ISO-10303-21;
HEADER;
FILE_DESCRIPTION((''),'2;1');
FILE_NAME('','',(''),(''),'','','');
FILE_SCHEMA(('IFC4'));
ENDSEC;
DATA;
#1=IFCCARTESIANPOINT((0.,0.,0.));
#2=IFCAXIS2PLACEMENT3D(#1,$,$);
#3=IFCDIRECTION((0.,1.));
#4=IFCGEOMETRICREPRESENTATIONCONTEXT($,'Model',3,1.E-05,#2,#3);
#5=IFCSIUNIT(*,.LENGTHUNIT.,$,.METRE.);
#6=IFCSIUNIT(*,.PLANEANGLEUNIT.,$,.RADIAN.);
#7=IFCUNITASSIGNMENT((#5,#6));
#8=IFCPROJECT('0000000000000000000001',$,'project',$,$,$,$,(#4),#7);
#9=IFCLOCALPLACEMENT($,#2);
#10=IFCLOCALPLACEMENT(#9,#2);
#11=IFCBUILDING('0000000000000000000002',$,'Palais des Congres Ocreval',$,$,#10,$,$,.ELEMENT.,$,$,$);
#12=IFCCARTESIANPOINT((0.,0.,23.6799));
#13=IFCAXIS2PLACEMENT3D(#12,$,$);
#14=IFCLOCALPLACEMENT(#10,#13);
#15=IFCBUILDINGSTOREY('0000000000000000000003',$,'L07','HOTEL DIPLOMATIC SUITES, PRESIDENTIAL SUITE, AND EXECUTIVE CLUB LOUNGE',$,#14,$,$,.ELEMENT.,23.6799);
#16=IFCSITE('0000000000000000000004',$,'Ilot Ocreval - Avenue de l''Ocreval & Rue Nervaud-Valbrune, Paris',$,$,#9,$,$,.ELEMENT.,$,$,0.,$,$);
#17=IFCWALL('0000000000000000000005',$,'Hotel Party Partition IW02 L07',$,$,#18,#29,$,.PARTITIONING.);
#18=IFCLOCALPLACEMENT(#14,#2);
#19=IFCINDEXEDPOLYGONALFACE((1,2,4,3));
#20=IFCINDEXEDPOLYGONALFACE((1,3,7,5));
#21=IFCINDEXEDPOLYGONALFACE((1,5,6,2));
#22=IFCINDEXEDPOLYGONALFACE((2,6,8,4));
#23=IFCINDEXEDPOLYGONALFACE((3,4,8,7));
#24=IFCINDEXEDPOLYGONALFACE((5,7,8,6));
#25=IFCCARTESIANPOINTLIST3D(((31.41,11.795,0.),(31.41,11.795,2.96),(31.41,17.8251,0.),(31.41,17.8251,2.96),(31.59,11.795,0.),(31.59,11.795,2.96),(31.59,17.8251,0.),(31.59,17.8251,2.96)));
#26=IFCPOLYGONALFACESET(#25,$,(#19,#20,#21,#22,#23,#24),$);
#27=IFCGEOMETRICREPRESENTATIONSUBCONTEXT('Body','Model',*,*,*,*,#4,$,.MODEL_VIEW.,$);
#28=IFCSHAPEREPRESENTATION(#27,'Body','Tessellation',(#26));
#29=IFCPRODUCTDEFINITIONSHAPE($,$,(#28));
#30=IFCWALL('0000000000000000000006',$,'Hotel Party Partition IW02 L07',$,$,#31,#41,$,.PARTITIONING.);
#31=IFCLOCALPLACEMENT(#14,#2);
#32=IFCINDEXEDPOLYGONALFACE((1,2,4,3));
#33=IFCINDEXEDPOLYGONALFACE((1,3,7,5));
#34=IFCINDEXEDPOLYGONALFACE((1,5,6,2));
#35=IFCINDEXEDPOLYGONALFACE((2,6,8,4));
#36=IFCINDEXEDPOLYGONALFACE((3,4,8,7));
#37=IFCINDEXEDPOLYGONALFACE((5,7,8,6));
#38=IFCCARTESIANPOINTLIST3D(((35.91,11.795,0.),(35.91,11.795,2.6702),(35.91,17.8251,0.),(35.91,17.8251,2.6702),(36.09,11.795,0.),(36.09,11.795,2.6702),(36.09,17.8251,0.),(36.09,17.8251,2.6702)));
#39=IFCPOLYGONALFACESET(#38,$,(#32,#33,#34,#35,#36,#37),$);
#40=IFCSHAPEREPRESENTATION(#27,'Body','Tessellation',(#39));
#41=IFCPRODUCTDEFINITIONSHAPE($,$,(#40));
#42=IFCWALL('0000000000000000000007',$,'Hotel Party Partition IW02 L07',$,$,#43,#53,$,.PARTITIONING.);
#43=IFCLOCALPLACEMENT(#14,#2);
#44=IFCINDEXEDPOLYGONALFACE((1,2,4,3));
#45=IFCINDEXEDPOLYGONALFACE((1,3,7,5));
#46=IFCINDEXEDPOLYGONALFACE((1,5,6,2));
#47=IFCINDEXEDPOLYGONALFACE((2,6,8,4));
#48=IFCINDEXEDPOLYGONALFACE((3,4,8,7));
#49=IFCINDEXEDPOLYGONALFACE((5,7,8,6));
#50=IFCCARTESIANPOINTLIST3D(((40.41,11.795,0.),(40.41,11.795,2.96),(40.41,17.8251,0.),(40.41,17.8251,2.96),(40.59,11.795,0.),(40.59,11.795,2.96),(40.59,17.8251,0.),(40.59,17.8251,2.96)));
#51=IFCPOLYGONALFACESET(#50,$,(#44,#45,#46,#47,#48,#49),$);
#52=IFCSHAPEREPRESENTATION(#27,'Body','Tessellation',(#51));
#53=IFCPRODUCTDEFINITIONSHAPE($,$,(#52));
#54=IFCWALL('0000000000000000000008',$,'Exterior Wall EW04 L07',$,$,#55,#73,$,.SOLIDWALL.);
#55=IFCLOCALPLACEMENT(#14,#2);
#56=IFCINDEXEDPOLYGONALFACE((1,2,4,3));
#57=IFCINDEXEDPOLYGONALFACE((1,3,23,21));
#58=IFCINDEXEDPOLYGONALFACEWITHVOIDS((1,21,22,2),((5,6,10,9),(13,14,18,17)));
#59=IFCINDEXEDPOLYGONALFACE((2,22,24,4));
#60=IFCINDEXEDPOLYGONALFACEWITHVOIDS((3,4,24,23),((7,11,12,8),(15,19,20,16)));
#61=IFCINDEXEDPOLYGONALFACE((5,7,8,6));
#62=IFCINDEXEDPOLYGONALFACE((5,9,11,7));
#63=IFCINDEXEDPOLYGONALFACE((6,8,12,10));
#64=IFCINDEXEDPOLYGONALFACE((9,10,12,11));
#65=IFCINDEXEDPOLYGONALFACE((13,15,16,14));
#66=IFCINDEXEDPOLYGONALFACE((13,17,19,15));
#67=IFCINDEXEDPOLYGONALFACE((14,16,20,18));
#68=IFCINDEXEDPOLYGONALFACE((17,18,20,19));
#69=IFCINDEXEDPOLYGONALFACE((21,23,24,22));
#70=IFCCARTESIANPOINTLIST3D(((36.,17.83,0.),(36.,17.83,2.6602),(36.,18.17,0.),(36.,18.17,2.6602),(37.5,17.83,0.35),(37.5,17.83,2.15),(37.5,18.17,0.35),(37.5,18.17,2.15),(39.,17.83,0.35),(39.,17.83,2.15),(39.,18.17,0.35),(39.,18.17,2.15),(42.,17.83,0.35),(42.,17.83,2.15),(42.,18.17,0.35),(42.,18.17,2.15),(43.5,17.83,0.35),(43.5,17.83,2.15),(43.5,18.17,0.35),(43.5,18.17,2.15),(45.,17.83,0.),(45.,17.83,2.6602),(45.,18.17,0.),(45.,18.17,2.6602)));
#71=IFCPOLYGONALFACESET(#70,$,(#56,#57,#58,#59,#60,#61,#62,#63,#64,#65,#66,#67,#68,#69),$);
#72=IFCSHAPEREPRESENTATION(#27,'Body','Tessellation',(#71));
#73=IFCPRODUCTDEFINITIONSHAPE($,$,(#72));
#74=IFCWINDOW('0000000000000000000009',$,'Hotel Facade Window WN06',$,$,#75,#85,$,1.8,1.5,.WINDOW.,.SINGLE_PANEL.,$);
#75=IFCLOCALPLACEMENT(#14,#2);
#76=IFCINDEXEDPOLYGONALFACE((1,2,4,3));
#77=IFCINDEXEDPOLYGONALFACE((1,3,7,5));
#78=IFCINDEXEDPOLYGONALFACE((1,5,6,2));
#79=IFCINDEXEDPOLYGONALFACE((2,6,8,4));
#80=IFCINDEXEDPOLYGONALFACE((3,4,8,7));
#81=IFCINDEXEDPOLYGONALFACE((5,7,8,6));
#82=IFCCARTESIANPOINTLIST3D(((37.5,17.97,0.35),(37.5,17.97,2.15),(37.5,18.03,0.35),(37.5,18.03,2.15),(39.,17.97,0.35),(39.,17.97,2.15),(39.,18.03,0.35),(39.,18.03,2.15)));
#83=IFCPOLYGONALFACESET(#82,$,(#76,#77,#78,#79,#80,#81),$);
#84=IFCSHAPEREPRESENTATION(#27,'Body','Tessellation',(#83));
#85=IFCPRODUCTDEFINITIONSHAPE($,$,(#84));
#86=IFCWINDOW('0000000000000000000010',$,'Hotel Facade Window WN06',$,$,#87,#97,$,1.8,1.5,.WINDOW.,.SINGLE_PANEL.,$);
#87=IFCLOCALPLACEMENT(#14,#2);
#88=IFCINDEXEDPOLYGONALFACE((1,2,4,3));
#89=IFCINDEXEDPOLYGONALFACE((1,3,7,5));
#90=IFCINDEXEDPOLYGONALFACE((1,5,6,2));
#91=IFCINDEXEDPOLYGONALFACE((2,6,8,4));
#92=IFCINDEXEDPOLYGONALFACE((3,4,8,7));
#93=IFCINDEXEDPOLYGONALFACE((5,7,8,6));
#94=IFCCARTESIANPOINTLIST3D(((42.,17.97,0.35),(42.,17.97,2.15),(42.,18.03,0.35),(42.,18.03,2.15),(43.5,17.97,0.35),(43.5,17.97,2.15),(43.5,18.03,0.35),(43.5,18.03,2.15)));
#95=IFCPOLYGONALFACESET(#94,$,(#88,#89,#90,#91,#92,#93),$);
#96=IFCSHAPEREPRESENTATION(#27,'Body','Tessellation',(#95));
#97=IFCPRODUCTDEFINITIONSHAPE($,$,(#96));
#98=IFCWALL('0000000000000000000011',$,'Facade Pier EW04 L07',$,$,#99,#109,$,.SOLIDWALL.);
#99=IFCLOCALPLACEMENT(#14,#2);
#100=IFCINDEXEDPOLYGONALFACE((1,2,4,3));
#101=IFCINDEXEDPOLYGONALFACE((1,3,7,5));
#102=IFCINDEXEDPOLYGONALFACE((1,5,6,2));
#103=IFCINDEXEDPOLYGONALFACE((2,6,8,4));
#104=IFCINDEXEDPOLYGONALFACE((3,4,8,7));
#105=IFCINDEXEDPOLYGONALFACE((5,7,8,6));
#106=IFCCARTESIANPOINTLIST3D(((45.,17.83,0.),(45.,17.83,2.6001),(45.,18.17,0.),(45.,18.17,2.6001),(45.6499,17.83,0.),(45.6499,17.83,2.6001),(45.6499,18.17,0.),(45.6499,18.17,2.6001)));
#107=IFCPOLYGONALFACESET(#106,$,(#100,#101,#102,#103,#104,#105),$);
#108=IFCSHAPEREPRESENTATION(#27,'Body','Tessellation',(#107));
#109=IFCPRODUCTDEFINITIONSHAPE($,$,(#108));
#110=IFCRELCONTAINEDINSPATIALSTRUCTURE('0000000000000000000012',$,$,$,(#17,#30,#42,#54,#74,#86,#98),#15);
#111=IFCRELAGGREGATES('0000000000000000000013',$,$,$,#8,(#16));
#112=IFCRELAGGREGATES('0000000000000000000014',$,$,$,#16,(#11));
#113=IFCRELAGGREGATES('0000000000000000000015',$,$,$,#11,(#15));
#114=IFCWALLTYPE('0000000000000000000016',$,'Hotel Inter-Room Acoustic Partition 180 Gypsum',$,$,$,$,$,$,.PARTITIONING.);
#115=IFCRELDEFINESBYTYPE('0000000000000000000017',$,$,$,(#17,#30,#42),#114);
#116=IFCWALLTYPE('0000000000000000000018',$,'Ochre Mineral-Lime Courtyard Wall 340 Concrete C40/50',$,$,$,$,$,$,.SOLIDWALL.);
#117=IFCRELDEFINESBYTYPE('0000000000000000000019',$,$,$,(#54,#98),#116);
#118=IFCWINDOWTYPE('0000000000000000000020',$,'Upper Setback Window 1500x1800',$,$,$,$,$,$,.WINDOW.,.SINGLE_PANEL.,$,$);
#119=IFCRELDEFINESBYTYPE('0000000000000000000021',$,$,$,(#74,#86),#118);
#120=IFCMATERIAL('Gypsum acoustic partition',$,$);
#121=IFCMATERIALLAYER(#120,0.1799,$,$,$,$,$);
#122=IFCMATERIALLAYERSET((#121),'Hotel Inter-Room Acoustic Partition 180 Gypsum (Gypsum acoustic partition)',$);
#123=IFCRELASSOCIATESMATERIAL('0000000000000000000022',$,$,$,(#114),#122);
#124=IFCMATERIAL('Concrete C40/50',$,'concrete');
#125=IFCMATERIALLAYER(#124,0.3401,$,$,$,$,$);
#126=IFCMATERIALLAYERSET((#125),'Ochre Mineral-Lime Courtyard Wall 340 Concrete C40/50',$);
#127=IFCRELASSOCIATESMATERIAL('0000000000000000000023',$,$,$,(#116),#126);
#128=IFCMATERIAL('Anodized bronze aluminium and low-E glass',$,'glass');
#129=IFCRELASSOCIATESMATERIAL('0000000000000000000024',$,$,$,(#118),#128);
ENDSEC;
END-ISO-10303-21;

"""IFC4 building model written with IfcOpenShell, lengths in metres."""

from ifc_helpers import new_model, si_unit, direction, frame, frame_2d, origin, place, context, subcontext, project, spatial, rectangle, extrude, material, layer, layer_set, type_object, element, fill, save


model = new_model("IFC4")

# Units and contexts
model_context = context("Model", 3, precision=1e-05, world=origin(), true_north=direction((0.0, 1.0)))
body_context = subcontext(model_context, "Body", "Model", "MODEL_VIEW")
ifc_project = project(units=[si_unit("LENGTHUNIT", "METRE"), si_unit("PLANEANGLEUNIT", "RADIAN")], contexts=[model_context])

# Site, building, storey
site_placement = place(None, origin())
site = spatial("IfcSite", under=ifc_project, at=site_placement, Name="Ilot Ocreval - Avenue de l'Ocreval & Rue Nervaud-Valbrune, Paris", CompositionType="ELEMENT", RefElevation=0.0)
building_placement = place(site_placement, origin())
building = spatial("IfcBuilding", under=site, at=building_placement, Name="Palais des Congres Ocreval", CompositionType="ELEMENT")
storey_placement = place(building_placement, frame((0.0, 0.0, 23.6799)))
storey = spatial("IfcBuildingStorey", under=building, at=storey_placement, Name="L07", Description="HOTEL DIPLOMATIC SUITES, PRESIDENTIAL SUITE, AND EXECUTIVE CLUB LOUNGE", CompositionType="ELEMENT", Elevation=23.6799)

# Shared definitions
ifc_material_1 = material(Name="Concrete C40/50", Category="concrete")

# Shared definitions
ifc_material_2 = material(Name="Anodized bronze aluminium and low-E glass", Category="glass")

# Walls
ifc_material_3 = material(Name="Gypsum acoustic partition")
ifc_layer_1 = layer(ifc_material_3, 0.1799)
ifc_layer_set_1 = layer_set([ifc_layer_1], Name="Hotel Inter-Room Acoustic Partition 180 Gypsum (Gypsum acoustic partition)")
wall_type_1 = type_object("IfcWallType", Name="Hotel Inter-Room Acoustic Partition 180 Gypsum", PredefinedType="PARTITIONING", material=ifc_layer_set_1)
wall_1_placement = place(storey_placement, frame((31.5, 11.7949, 0.0), z_axis=(0.0, 0.0, 1.0), x_axis=(0.0, 1.0, 0.0)))
element("IfcWall", 1, at=wall_1_placement, inside=storey, type_object=wall_type_1, Name="Hotel Party Partition IW02 L07", PredefinedType="PARTITIONING", context=body_context, shape_type="SweptSolid", body=[
    extrude(rectangle(XDim=6.03, YDim=0.1799, at=frame_2d((3.0151, 0.0))), origin(), (0.0, 0.0, 1.0), 2.96),
])
wall_2_placement = place(storey_placement, frame((36.0, 11.7949, 0.0), z_axis=(0.0, 0.0, 1.0), x_axis=(0.0, 1.0, 0.0)))
element("IfcWall", 2, at=wall_2_placement, inside=storey, type_object=wall_type_1, Name="Hotel Party Partition IW02 L07", PredefinedType="PARTITIONING", context=body_context, shape_type="SweptSolid", body=[
    extrude(rectangle(XDim=6.03, YDim=0.1799, at=frame_2d((3.0151, 0.0))), origin(), (0.0, 0.0, 1.0), 2.6702),
])
wall_3_placement = place(storey_placement, frame((40.5, 11.7949, 0.0), z_axis=(0.0, 0.0, 1.0), x_axis=(0.0, 1.0, 0.0)))
element("IfcWall", 3, at=wall_3_placement, inside=storey, type_object=wall_type_1, Name="Hotel Party Partition IW02 L07", PredefinedType="PARTITIONING", context=body_context, shape_type="SweptSolid", body=[
    extrude(rectangle(XDim=6.03, YDim=0.1799, at=frame_2d((3.0151, 0.0))), origin(), (0.0, 0.0, 1.0), 2.96),
])

# Wall, openings, windows
ifc_layer_2 = layer(ifc_material_1, 0.3401)
ifc_layer_set_2 = layer_set([ifc_layer_2], Name="Ochre Mineral-Lime Courtyard Wall 340 Concrete C40/50")
wall_type_2 = type_object("IfcWallType", Name="Ochre Mineral-Lime Courtyard Wall 340 Concrete C40/50", PredefinedType="SOLIDWALL", material=ifc_layer_set_2)
wall_4_placement = place(storey_placement, frame((36.0, 18.0, 0.0), z_axis=(0.0, 0.0, 1.0), x_axis=(1.0, 0.0, 0.0)))
wall_4 = element("IfcWall", 4, at=wall_4_placement, inside=storey, type_object=wall_type_2, Name="Exterior Wall EW04 L07", PredefinedType="SOLIDWALL", context=body_context, shape_type="SweptSolid", body=[
    extrude(rectangle(XDim=9.0, YDim=0.3401, at=frame_2d((4.5, 0.0))), origin(), (0.0, 0.0, 1.0), 2.6602),
])
opening_1_placement = place(wall_4_placement, frame((1.5, 0.0, 0.3501)))
opening_1 = element("IfcOpeningElement", 5, at=opening_1_placement, cuts=wall_4, PredefinedType="OPENING", context=body_context, shape_type="SweptSolid", body=[
    extrude(rectangle(XDim=1.5, YDim=1.8, at=frame_2d((0.75, 0.8999))), frame((0.0, 0.1799, 0.0), z_axis=(0.0, -1.0, 0.0), x_axis=(1.0, 0.0, 0.0)), (0.0, 0.0, 1.0), 0.3601),
])
opening_2_placement = place(wall_4_placement, frame((6.0, 0.0, 0.3501)))
opening_2 = element("IfcOpeningElement", 6, at=opening_2_placement, cuts=wall_4, PredefinedType="OPENING", context=body_context, shape_type="SweptSolid", body=[
    extrude(rectangle(XDim=1.5, YDim=1.8, at=frame_2d((0.75, 0.8999))), frame((0.0, 0.1799, 0.0), z_axis=(0.0, -1.0, 0.0), x_axis=(1.0, 0.0, 0.0)), (0.0, 0.0, 1.0), 0.3601),
])
window_type = type_object("IfcWindowType", Name="Upper Setback Window 1500x1800", PartitioningType="SINGLE_PANEL", PredefinedType="WINDOW", material=ifc_material_2)
window_1_placement = place(opening_1_placement, origin())
window_1 = element("IfcWindow", 7, at=window_1_placement, inside=storey, type_object=window_type, Name="Hotel Facade Window WN06", OverallHeight=1.8, OverallWidth=1.5, PartitioningType="SINGLE_PANEL", PredefinedType="WINDOW", context=body_context, shape_type="SweptSolid", body=[
    extrude(rectangle(XDim=1.5, YDim=1.8, at=frame_2d((0.75, 0.8999))), frame((0.0, 0.03, 0.0), z_axis=(0.0, -1.0, 0.0), x_axis=(1.0, 0.0, 0.0)), (0.0, 0.0, 1.0), 0.0601),
])
fill(opening_1, window_1)
window_2_placement = place(opening_2_placement, origin())
window_2 = element("IfcWindow", 8, at=window_2_placement, inside=storey, type_object=window_type, Name="Hotel Facade Window WN06", OverallHeight=1.8, OverallWidth=1.5, PartitioningType="SINGLE_PANEL", PredefinedType="WINDOW", context=body_context, shape_type="SweptSolid", body=[
    extrude(rectangle(XDim=1.5, YDim=1.8, at=frame_2d((0.75, 0.8999))), frame((0.0, 0.03, 0.0), z_axis=(0.0, -1.0, 0.0), x_axis=(1.0, 0.0, 0.0)), (0.0, 0.0, 1.0), 0.0601),
])
fill(opening_2, window_2)

# Wall
wall_5_placement = place(storey_placement, frame((45.0, 18.0, 0.0), z_axis=(0.0, 0.0, 1.0), x_axis=(1.0, 0.0, 0.0)))
element("IfcWall", 9, at=wall_5_placement, inside=storey, type_object=wall_type_2, Name="Facade Pier EW04 L07", PredefinedType="SOLIDWALL", context=body_context, shape_type="SweptSolid", body=[
    extrude(rectangle(XDim=0.6499, YDim=0.3401, at=frame_2d((0.325, 0.0))), origin(), (0.0, 0.0, 1.0), 2.6001),
])

save(model, "model.ifc")
